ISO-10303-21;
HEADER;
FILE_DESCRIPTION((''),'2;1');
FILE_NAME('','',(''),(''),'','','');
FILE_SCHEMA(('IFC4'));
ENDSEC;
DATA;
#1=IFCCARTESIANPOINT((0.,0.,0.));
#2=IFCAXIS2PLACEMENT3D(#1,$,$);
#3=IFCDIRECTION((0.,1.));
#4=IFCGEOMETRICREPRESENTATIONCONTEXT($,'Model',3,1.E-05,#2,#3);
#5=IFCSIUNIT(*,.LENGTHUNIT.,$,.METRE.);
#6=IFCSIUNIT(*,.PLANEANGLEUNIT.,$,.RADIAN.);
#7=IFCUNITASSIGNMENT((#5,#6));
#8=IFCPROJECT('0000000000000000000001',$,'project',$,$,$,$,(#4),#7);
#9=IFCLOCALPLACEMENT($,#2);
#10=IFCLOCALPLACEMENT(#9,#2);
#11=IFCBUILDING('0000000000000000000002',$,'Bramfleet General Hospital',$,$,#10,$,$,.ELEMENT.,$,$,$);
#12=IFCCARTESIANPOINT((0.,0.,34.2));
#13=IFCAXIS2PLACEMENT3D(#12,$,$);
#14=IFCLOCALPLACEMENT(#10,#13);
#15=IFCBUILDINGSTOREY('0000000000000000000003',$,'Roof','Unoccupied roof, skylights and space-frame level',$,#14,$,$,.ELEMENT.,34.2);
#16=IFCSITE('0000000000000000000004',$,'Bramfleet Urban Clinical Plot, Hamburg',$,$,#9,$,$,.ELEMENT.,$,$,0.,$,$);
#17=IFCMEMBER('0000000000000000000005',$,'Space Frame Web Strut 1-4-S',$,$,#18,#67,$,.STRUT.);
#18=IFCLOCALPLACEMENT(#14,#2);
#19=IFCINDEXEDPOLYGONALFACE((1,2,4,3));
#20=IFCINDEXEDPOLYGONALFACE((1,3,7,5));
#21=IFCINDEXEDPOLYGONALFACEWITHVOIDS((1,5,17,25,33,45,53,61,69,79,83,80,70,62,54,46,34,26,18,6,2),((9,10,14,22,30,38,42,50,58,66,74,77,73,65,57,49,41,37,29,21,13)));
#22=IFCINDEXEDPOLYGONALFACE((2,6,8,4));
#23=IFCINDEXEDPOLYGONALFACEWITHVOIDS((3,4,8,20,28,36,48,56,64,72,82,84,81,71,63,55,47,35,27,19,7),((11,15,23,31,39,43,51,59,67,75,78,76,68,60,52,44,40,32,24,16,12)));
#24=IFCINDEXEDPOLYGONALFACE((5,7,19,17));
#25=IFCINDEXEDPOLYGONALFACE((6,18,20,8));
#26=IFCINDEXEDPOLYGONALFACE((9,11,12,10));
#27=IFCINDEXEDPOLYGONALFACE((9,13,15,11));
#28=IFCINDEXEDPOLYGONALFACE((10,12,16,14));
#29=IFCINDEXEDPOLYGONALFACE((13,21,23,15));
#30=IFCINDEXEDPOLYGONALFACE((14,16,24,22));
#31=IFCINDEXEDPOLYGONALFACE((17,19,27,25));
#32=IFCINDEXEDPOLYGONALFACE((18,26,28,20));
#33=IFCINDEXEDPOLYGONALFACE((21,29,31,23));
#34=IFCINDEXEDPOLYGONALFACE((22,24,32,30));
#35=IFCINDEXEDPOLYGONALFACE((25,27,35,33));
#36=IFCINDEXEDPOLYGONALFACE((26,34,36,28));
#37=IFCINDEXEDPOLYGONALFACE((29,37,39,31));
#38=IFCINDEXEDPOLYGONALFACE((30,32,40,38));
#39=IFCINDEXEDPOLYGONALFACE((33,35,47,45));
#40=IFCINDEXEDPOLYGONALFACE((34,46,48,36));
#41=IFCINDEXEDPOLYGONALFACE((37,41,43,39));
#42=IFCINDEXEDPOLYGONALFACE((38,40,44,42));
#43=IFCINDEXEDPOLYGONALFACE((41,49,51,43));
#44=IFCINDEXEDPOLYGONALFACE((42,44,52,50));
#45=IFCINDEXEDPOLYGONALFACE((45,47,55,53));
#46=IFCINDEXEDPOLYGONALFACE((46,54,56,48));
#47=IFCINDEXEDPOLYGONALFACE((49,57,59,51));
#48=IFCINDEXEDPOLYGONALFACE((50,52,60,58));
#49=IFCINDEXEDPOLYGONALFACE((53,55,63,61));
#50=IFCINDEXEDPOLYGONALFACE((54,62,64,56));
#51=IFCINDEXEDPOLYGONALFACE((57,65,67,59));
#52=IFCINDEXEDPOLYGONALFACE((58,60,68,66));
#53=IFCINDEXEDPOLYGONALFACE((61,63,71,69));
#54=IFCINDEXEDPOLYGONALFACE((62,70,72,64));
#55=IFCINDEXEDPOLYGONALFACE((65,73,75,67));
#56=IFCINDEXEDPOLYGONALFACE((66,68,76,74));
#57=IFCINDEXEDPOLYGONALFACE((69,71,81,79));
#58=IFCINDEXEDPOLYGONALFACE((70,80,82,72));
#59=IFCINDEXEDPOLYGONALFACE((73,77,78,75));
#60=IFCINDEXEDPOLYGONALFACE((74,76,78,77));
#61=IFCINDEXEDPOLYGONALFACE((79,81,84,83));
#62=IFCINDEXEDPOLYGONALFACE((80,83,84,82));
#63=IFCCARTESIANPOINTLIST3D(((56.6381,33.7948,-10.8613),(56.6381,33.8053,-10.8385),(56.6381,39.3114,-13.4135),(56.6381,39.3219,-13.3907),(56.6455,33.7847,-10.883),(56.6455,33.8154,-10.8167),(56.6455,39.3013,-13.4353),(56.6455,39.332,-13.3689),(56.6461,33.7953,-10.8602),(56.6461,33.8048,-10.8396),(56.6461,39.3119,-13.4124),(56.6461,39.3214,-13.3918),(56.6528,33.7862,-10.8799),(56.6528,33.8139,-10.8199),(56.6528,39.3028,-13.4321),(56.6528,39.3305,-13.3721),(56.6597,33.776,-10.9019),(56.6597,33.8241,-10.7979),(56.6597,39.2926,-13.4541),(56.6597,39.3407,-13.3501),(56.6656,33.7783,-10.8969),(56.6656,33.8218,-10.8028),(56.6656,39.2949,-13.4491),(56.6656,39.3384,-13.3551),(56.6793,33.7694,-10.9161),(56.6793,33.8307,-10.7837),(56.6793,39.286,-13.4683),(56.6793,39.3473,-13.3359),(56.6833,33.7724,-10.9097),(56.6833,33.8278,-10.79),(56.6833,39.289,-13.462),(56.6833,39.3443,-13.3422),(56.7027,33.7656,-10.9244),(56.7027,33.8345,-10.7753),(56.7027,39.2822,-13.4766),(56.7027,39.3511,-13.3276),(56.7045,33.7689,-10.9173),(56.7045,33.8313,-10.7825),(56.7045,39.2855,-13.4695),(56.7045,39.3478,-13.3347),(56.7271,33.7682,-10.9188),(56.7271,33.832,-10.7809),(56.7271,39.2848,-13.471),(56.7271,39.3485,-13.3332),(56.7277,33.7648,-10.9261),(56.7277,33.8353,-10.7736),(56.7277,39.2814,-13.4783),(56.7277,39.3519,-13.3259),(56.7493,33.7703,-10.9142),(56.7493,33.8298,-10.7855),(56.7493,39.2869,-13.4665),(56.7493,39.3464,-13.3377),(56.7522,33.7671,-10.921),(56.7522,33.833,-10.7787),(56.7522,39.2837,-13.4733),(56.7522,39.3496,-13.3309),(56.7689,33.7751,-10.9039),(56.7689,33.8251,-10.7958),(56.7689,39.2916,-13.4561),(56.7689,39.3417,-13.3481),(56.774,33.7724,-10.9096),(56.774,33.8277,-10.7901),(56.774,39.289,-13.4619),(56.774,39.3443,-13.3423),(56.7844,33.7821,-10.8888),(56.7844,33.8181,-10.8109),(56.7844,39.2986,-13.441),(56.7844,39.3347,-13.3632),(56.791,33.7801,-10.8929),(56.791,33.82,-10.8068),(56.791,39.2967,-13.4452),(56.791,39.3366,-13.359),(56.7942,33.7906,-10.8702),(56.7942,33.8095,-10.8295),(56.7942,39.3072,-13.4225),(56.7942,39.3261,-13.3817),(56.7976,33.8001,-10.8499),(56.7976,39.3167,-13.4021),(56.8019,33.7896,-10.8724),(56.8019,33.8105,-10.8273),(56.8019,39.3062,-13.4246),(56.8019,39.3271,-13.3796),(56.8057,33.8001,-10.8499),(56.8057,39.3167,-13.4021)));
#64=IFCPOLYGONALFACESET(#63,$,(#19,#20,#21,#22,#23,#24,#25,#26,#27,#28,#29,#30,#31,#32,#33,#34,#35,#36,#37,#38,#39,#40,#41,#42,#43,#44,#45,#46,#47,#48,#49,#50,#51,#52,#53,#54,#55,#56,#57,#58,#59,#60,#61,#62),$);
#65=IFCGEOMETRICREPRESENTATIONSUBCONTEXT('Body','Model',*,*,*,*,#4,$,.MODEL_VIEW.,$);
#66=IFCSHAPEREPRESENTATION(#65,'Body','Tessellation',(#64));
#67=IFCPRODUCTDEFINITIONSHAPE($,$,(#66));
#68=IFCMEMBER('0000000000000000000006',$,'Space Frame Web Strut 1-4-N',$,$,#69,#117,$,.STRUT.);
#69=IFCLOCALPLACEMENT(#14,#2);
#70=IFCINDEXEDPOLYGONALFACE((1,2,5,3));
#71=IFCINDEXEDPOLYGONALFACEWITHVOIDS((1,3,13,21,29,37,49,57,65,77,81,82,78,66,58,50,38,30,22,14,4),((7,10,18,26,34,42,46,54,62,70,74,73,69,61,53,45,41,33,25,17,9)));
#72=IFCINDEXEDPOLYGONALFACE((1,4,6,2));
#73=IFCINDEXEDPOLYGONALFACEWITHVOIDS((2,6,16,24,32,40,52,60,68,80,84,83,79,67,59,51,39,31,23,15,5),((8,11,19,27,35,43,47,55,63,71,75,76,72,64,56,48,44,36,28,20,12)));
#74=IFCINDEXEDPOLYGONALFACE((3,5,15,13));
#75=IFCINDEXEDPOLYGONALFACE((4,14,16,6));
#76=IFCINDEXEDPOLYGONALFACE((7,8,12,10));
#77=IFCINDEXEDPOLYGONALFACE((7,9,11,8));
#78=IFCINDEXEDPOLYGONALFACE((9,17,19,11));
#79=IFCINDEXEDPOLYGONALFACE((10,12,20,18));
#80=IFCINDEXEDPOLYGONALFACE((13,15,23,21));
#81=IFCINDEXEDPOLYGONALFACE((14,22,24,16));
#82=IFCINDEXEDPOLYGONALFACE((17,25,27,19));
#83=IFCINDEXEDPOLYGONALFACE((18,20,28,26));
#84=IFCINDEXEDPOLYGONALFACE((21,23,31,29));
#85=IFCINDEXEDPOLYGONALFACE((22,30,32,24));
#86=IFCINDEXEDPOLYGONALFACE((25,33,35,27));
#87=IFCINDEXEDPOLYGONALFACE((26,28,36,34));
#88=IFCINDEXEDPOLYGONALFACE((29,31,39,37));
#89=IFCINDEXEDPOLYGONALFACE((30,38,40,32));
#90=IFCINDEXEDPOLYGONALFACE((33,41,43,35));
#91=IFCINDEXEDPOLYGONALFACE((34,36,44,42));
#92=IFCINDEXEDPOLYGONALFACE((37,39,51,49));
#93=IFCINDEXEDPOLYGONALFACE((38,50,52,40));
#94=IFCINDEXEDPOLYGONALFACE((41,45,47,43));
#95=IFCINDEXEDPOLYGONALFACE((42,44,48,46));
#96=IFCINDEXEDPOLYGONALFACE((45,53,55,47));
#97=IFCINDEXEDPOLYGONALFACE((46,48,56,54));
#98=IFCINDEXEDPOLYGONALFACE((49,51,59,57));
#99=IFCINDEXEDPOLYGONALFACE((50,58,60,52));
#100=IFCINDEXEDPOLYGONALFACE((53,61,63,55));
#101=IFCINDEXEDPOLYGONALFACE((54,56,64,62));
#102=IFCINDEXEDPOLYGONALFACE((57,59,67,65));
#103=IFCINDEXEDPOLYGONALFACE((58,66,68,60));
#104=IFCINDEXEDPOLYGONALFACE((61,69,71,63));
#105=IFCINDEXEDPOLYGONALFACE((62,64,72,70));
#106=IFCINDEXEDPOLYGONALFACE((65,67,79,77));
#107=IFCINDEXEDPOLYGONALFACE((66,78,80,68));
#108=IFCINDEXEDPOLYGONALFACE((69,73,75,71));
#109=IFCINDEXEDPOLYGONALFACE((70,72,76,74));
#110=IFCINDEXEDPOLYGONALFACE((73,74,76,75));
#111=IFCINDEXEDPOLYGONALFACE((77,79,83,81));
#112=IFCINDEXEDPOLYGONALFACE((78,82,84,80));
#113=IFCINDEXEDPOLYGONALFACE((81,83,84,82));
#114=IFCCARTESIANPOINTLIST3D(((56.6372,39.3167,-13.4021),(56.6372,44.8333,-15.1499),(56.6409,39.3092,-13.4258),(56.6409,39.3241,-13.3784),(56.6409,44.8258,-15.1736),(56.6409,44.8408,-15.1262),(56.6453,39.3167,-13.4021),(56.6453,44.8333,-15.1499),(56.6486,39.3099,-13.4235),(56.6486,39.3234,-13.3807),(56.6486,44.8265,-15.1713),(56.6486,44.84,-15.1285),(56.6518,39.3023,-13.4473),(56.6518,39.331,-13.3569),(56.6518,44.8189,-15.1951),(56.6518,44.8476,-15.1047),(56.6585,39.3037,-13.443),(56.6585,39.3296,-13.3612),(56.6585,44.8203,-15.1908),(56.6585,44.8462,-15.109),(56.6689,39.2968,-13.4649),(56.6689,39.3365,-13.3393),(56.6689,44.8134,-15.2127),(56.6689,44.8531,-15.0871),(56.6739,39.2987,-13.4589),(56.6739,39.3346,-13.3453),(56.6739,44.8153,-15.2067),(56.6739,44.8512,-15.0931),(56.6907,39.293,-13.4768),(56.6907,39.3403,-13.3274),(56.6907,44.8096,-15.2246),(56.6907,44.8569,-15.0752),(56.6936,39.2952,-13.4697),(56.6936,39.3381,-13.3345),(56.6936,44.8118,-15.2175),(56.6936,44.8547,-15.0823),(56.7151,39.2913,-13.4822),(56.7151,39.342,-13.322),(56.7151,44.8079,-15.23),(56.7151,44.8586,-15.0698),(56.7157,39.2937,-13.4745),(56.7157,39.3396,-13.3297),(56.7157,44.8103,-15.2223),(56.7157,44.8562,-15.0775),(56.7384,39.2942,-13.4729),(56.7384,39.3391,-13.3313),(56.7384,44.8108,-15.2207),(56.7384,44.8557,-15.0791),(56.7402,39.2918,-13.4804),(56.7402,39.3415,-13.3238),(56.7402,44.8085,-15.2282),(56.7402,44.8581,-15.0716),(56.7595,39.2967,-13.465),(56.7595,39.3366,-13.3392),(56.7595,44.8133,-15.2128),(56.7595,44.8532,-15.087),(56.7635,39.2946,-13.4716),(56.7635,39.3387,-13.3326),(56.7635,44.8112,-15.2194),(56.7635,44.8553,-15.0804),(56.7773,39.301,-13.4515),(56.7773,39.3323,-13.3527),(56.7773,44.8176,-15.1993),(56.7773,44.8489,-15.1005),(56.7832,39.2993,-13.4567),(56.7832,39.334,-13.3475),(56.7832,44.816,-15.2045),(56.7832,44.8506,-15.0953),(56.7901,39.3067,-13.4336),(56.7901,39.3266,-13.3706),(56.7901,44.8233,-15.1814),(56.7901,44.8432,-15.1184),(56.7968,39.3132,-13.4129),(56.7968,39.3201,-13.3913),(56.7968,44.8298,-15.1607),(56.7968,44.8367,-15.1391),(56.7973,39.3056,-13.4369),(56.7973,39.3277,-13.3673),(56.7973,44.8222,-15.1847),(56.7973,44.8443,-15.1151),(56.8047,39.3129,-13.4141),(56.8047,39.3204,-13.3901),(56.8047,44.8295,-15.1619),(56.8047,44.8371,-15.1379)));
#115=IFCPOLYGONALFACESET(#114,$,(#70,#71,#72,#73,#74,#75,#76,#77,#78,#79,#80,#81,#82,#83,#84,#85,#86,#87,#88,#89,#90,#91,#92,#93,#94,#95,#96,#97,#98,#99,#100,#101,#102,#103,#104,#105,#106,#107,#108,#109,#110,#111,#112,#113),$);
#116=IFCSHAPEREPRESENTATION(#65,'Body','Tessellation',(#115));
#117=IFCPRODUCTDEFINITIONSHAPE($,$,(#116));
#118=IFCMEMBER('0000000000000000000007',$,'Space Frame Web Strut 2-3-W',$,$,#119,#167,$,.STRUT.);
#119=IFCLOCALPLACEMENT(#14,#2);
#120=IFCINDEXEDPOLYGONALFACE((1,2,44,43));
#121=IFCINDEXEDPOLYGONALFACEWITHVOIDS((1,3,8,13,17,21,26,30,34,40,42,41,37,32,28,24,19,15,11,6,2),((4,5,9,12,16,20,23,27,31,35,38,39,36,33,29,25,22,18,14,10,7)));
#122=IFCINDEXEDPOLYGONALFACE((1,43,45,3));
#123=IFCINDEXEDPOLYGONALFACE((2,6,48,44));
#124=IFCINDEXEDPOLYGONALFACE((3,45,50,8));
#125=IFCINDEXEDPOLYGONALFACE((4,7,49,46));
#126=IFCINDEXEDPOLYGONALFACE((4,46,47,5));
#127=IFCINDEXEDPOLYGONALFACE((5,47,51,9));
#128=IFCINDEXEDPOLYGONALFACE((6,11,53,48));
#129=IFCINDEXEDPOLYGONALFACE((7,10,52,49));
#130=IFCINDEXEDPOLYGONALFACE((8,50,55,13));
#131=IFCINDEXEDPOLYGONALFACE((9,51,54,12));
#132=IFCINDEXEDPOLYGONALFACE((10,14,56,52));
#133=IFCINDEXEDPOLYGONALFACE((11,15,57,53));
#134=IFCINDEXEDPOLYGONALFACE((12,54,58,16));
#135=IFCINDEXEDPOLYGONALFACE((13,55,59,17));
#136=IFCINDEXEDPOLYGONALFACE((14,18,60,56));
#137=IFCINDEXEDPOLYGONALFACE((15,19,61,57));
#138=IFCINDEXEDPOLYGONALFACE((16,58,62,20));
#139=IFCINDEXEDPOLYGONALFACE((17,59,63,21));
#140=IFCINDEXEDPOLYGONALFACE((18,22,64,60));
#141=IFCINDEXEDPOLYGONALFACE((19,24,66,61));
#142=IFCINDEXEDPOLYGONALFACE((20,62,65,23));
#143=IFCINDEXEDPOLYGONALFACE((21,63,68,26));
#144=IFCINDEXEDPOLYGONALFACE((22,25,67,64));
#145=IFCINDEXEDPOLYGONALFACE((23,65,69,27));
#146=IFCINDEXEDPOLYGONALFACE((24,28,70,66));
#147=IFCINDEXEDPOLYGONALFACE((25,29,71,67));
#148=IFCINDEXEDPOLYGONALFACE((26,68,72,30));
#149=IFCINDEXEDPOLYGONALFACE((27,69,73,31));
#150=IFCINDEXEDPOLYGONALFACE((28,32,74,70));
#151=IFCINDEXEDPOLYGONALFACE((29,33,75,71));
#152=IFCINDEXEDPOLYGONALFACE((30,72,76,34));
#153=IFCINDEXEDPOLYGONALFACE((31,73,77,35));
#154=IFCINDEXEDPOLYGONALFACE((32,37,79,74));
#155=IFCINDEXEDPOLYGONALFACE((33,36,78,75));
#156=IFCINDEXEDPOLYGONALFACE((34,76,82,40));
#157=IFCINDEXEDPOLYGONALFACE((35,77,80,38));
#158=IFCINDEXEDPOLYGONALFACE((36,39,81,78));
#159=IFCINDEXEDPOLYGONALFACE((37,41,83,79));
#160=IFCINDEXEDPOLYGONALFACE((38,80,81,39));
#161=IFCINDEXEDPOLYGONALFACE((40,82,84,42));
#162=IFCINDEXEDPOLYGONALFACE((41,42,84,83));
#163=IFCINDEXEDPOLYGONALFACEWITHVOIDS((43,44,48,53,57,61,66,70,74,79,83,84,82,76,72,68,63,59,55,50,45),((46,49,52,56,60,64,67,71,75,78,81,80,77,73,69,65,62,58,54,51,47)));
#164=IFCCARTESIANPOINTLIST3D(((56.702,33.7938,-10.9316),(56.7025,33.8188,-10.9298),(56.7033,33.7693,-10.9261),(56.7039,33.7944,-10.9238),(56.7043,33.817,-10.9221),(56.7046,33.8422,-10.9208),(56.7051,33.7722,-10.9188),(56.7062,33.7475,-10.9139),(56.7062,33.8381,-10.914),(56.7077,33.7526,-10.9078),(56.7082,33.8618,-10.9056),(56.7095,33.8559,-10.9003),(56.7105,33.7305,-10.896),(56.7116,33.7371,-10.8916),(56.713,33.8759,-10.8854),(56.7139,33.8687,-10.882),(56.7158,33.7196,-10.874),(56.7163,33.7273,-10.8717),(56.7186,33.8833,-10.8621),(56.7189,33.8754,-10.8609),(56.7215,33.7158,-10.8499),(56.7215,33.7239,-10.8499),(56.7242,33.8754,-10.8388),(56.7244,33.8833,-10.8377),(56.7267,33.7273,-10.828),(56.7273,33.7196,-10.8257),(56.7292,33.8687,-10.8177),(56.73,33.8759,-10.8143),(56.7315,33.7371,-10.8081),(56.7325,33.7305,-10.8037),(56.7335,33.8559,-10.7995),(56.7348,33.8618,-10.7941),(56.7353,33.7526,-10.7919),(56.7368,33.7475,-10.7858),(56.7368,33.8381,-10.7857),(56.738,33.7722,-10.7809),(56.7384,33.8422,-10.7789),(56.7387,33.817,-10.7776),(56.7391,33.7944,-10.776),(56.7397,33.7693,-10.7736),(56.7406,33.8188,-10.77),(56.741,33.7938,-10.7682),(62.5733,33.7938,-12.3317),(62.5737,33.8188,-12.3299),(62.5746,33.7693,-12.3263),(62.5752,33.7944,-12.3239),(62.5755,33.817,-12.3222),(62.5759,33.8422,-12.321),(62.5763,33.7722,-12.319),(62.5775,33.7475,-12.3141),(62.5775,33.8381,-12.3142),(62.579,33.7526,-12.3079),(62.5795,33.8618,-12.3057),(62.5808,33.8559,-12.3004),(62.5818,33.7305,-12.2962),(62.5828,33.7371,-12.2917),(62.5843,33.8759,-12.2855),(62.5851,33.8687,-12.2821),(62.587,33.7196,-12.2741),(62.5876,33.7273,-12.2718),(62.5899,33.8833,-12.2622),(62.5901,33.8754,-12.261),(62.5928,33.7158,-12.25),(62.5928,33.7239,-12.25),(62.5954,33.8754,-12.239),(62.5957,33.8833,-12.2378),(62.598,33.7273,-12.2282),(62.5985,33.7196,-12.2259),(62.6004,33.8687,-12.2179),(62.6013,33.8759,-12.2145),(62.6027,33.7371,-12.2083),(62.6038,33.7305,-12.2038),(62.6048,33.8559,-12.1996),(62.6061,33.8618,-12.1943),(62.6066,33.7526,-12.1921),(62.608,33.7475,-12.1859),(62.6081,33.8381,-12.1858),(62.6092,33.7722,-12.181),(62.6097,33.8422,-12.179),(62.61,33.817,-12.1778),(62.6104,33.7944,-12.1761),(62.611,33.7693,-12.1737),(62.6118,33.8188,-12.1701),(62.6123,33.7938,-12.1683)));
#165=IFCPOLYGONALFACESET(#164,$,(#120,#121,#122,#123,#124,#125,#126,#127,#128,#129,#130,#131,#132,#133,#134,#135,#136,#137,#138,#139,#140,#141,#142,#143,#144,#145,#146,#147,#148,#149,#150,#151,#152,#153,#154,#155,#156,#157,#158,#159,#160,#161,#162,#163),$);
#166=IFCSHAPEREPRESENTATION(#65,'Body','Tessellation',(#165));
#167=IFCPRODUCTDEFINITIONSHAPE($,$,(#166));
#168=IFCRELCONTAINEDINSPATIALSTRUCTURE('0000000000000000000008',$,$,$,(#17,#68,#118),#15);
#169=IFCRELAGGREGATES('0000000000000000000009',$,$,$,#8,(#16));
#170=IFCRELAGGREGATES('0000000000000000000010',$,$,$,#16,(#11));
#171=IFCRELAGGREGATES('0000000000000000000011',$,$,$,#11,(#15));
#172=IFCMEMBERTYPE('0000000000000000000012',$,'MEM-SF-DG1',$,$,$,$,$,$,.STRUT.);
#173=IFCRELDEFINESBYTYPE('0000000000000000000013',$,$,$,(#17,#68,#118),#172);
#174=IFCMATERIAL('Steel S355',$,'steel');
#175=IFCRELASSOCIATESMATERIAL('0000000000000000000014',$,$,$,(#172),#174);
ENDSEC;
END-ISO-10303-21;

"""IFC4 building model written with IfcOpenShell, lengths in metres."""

from ifc_helpers import new_model, si_unit, direction, frame, origin, origin_2d, place, context, subcontext, project, spatial, hollow_circle, extrude, material, material_profile, profile_set, type_object, element, save


model = new_model("IFC4")

# Units and contexts
model_context = context("Model", 3, precision=1e-05, world=origin(), true_north=direction((0.0, 1.0)))
body_context = subcontext(model_context, "Body", "Model", "MODEL_VIEW")
ifc_project = project(units=[si_unit("LENGTHUNIT", "METRE"), si_unit("PLANEANGLEUNIT", "RADIAN")], contexts=[model_context])

# Site, building, storey
site_placement = place(None, origin())
site = spatial("IfcSite", under=ifc_project, at=site_placement, Name="Bramfleet Urban Clinical Plot, Hamburg", CompositionType="ELEMENT", RefElevation=0.0)
building_placement = place(site_placement, origin())
building = spatial("IfcBuilding", under=site, at=building_placement, Name="Bramfleet General Hospital", CompositionType="ELEMENT")
storey_placement = place(building_placement, frame((0.0, 0.0, 34.2)))
storey = spatial("IfcBuildingStorey", under=building, at=storey_placement, Name="Roof", Description="Unoccupied roof, skylights and space-frame level", CompositionType="ELEMENT", Elevation=34.2)

# Members
ifc_material = material(Name="Steel S355", Category="steel")
ifc_material_profile_1 = material_profile(ifc_material, hollow_circle(Radius=0.0842, WallThickness=0.0081, at=origin_2d()), Name="CHS 168.3x8.0")
ifc_profile_set_1 = profile_set([ifc_material_profile_1], Name="Steel S355")
member_type_1 = type_object("IfcMemberType", Name="MEM-SF-DG1", PredefinedType="STRUT", material=ifc_profile_set_1)
member_1_placement = place(storey_placement, frame((56.7214, 39.3167, -13.4021), z_axis=(0.0, -0.907576, 0.419888), x_axis=(1.0, 0.0, 0.0)))
element("IfcMember", 1, at=member_1_placement, inside=storey, type_object=member_type_1, Name="Space Frame Web Strut 1-4-S", PredefinedType="STRUT", context=body_context, shape_type="SweptSolid", body=[
    extrude(hollow_circle(Radius=0.0842, WallThickness=0.0081, at=origin_2d()), origin(), (0.0, 0.0, 1.0), 6.0784),
])
member_2_placement = place(storey_placement, frame((56.7214, 39.3167, -13.4021), z_axis=(0.0, 0.953299, -0.30203), x_axis=(-1.0, 0.0, 0.0)))
element("IfcMember", 2, at=member_2_placement, inside=storey, type_object=member_type_1, Name="Space Frame Web Strut 1-4-N", PredefinedType="STRUT", context=body_context, shape_type="SweptSolid", body=[
    extrude(hollow_circle(Radius=0.0842, WallThickness=0.0081, at=origin_2d()), origin(), (0.0, 0.0, 1.0), 5.7869),
])
member_3_placement = place(storey_placement, frame((62.5928, 33.8, -12.25), z_axis=(-0.972724, 0.0, 0.231967), x_axis=(0.0, -1.0, 0.0)))
element("IfcMember", 3, at=member_3_placement, inside=storey, type_object=member_type_1, Name="Space Frame Web Strut 2-3-W", PredefinedType="STRUT", context=body_context, shape_type="SweptSolid", body=[
    extrude(hollow_circle(Radius=0.0842, WallThickness=0.0081, at=origin_2d()), origin(), (0.0, 0.0, 1.0), 6.0359),
])

save(model, "model.ifc")
